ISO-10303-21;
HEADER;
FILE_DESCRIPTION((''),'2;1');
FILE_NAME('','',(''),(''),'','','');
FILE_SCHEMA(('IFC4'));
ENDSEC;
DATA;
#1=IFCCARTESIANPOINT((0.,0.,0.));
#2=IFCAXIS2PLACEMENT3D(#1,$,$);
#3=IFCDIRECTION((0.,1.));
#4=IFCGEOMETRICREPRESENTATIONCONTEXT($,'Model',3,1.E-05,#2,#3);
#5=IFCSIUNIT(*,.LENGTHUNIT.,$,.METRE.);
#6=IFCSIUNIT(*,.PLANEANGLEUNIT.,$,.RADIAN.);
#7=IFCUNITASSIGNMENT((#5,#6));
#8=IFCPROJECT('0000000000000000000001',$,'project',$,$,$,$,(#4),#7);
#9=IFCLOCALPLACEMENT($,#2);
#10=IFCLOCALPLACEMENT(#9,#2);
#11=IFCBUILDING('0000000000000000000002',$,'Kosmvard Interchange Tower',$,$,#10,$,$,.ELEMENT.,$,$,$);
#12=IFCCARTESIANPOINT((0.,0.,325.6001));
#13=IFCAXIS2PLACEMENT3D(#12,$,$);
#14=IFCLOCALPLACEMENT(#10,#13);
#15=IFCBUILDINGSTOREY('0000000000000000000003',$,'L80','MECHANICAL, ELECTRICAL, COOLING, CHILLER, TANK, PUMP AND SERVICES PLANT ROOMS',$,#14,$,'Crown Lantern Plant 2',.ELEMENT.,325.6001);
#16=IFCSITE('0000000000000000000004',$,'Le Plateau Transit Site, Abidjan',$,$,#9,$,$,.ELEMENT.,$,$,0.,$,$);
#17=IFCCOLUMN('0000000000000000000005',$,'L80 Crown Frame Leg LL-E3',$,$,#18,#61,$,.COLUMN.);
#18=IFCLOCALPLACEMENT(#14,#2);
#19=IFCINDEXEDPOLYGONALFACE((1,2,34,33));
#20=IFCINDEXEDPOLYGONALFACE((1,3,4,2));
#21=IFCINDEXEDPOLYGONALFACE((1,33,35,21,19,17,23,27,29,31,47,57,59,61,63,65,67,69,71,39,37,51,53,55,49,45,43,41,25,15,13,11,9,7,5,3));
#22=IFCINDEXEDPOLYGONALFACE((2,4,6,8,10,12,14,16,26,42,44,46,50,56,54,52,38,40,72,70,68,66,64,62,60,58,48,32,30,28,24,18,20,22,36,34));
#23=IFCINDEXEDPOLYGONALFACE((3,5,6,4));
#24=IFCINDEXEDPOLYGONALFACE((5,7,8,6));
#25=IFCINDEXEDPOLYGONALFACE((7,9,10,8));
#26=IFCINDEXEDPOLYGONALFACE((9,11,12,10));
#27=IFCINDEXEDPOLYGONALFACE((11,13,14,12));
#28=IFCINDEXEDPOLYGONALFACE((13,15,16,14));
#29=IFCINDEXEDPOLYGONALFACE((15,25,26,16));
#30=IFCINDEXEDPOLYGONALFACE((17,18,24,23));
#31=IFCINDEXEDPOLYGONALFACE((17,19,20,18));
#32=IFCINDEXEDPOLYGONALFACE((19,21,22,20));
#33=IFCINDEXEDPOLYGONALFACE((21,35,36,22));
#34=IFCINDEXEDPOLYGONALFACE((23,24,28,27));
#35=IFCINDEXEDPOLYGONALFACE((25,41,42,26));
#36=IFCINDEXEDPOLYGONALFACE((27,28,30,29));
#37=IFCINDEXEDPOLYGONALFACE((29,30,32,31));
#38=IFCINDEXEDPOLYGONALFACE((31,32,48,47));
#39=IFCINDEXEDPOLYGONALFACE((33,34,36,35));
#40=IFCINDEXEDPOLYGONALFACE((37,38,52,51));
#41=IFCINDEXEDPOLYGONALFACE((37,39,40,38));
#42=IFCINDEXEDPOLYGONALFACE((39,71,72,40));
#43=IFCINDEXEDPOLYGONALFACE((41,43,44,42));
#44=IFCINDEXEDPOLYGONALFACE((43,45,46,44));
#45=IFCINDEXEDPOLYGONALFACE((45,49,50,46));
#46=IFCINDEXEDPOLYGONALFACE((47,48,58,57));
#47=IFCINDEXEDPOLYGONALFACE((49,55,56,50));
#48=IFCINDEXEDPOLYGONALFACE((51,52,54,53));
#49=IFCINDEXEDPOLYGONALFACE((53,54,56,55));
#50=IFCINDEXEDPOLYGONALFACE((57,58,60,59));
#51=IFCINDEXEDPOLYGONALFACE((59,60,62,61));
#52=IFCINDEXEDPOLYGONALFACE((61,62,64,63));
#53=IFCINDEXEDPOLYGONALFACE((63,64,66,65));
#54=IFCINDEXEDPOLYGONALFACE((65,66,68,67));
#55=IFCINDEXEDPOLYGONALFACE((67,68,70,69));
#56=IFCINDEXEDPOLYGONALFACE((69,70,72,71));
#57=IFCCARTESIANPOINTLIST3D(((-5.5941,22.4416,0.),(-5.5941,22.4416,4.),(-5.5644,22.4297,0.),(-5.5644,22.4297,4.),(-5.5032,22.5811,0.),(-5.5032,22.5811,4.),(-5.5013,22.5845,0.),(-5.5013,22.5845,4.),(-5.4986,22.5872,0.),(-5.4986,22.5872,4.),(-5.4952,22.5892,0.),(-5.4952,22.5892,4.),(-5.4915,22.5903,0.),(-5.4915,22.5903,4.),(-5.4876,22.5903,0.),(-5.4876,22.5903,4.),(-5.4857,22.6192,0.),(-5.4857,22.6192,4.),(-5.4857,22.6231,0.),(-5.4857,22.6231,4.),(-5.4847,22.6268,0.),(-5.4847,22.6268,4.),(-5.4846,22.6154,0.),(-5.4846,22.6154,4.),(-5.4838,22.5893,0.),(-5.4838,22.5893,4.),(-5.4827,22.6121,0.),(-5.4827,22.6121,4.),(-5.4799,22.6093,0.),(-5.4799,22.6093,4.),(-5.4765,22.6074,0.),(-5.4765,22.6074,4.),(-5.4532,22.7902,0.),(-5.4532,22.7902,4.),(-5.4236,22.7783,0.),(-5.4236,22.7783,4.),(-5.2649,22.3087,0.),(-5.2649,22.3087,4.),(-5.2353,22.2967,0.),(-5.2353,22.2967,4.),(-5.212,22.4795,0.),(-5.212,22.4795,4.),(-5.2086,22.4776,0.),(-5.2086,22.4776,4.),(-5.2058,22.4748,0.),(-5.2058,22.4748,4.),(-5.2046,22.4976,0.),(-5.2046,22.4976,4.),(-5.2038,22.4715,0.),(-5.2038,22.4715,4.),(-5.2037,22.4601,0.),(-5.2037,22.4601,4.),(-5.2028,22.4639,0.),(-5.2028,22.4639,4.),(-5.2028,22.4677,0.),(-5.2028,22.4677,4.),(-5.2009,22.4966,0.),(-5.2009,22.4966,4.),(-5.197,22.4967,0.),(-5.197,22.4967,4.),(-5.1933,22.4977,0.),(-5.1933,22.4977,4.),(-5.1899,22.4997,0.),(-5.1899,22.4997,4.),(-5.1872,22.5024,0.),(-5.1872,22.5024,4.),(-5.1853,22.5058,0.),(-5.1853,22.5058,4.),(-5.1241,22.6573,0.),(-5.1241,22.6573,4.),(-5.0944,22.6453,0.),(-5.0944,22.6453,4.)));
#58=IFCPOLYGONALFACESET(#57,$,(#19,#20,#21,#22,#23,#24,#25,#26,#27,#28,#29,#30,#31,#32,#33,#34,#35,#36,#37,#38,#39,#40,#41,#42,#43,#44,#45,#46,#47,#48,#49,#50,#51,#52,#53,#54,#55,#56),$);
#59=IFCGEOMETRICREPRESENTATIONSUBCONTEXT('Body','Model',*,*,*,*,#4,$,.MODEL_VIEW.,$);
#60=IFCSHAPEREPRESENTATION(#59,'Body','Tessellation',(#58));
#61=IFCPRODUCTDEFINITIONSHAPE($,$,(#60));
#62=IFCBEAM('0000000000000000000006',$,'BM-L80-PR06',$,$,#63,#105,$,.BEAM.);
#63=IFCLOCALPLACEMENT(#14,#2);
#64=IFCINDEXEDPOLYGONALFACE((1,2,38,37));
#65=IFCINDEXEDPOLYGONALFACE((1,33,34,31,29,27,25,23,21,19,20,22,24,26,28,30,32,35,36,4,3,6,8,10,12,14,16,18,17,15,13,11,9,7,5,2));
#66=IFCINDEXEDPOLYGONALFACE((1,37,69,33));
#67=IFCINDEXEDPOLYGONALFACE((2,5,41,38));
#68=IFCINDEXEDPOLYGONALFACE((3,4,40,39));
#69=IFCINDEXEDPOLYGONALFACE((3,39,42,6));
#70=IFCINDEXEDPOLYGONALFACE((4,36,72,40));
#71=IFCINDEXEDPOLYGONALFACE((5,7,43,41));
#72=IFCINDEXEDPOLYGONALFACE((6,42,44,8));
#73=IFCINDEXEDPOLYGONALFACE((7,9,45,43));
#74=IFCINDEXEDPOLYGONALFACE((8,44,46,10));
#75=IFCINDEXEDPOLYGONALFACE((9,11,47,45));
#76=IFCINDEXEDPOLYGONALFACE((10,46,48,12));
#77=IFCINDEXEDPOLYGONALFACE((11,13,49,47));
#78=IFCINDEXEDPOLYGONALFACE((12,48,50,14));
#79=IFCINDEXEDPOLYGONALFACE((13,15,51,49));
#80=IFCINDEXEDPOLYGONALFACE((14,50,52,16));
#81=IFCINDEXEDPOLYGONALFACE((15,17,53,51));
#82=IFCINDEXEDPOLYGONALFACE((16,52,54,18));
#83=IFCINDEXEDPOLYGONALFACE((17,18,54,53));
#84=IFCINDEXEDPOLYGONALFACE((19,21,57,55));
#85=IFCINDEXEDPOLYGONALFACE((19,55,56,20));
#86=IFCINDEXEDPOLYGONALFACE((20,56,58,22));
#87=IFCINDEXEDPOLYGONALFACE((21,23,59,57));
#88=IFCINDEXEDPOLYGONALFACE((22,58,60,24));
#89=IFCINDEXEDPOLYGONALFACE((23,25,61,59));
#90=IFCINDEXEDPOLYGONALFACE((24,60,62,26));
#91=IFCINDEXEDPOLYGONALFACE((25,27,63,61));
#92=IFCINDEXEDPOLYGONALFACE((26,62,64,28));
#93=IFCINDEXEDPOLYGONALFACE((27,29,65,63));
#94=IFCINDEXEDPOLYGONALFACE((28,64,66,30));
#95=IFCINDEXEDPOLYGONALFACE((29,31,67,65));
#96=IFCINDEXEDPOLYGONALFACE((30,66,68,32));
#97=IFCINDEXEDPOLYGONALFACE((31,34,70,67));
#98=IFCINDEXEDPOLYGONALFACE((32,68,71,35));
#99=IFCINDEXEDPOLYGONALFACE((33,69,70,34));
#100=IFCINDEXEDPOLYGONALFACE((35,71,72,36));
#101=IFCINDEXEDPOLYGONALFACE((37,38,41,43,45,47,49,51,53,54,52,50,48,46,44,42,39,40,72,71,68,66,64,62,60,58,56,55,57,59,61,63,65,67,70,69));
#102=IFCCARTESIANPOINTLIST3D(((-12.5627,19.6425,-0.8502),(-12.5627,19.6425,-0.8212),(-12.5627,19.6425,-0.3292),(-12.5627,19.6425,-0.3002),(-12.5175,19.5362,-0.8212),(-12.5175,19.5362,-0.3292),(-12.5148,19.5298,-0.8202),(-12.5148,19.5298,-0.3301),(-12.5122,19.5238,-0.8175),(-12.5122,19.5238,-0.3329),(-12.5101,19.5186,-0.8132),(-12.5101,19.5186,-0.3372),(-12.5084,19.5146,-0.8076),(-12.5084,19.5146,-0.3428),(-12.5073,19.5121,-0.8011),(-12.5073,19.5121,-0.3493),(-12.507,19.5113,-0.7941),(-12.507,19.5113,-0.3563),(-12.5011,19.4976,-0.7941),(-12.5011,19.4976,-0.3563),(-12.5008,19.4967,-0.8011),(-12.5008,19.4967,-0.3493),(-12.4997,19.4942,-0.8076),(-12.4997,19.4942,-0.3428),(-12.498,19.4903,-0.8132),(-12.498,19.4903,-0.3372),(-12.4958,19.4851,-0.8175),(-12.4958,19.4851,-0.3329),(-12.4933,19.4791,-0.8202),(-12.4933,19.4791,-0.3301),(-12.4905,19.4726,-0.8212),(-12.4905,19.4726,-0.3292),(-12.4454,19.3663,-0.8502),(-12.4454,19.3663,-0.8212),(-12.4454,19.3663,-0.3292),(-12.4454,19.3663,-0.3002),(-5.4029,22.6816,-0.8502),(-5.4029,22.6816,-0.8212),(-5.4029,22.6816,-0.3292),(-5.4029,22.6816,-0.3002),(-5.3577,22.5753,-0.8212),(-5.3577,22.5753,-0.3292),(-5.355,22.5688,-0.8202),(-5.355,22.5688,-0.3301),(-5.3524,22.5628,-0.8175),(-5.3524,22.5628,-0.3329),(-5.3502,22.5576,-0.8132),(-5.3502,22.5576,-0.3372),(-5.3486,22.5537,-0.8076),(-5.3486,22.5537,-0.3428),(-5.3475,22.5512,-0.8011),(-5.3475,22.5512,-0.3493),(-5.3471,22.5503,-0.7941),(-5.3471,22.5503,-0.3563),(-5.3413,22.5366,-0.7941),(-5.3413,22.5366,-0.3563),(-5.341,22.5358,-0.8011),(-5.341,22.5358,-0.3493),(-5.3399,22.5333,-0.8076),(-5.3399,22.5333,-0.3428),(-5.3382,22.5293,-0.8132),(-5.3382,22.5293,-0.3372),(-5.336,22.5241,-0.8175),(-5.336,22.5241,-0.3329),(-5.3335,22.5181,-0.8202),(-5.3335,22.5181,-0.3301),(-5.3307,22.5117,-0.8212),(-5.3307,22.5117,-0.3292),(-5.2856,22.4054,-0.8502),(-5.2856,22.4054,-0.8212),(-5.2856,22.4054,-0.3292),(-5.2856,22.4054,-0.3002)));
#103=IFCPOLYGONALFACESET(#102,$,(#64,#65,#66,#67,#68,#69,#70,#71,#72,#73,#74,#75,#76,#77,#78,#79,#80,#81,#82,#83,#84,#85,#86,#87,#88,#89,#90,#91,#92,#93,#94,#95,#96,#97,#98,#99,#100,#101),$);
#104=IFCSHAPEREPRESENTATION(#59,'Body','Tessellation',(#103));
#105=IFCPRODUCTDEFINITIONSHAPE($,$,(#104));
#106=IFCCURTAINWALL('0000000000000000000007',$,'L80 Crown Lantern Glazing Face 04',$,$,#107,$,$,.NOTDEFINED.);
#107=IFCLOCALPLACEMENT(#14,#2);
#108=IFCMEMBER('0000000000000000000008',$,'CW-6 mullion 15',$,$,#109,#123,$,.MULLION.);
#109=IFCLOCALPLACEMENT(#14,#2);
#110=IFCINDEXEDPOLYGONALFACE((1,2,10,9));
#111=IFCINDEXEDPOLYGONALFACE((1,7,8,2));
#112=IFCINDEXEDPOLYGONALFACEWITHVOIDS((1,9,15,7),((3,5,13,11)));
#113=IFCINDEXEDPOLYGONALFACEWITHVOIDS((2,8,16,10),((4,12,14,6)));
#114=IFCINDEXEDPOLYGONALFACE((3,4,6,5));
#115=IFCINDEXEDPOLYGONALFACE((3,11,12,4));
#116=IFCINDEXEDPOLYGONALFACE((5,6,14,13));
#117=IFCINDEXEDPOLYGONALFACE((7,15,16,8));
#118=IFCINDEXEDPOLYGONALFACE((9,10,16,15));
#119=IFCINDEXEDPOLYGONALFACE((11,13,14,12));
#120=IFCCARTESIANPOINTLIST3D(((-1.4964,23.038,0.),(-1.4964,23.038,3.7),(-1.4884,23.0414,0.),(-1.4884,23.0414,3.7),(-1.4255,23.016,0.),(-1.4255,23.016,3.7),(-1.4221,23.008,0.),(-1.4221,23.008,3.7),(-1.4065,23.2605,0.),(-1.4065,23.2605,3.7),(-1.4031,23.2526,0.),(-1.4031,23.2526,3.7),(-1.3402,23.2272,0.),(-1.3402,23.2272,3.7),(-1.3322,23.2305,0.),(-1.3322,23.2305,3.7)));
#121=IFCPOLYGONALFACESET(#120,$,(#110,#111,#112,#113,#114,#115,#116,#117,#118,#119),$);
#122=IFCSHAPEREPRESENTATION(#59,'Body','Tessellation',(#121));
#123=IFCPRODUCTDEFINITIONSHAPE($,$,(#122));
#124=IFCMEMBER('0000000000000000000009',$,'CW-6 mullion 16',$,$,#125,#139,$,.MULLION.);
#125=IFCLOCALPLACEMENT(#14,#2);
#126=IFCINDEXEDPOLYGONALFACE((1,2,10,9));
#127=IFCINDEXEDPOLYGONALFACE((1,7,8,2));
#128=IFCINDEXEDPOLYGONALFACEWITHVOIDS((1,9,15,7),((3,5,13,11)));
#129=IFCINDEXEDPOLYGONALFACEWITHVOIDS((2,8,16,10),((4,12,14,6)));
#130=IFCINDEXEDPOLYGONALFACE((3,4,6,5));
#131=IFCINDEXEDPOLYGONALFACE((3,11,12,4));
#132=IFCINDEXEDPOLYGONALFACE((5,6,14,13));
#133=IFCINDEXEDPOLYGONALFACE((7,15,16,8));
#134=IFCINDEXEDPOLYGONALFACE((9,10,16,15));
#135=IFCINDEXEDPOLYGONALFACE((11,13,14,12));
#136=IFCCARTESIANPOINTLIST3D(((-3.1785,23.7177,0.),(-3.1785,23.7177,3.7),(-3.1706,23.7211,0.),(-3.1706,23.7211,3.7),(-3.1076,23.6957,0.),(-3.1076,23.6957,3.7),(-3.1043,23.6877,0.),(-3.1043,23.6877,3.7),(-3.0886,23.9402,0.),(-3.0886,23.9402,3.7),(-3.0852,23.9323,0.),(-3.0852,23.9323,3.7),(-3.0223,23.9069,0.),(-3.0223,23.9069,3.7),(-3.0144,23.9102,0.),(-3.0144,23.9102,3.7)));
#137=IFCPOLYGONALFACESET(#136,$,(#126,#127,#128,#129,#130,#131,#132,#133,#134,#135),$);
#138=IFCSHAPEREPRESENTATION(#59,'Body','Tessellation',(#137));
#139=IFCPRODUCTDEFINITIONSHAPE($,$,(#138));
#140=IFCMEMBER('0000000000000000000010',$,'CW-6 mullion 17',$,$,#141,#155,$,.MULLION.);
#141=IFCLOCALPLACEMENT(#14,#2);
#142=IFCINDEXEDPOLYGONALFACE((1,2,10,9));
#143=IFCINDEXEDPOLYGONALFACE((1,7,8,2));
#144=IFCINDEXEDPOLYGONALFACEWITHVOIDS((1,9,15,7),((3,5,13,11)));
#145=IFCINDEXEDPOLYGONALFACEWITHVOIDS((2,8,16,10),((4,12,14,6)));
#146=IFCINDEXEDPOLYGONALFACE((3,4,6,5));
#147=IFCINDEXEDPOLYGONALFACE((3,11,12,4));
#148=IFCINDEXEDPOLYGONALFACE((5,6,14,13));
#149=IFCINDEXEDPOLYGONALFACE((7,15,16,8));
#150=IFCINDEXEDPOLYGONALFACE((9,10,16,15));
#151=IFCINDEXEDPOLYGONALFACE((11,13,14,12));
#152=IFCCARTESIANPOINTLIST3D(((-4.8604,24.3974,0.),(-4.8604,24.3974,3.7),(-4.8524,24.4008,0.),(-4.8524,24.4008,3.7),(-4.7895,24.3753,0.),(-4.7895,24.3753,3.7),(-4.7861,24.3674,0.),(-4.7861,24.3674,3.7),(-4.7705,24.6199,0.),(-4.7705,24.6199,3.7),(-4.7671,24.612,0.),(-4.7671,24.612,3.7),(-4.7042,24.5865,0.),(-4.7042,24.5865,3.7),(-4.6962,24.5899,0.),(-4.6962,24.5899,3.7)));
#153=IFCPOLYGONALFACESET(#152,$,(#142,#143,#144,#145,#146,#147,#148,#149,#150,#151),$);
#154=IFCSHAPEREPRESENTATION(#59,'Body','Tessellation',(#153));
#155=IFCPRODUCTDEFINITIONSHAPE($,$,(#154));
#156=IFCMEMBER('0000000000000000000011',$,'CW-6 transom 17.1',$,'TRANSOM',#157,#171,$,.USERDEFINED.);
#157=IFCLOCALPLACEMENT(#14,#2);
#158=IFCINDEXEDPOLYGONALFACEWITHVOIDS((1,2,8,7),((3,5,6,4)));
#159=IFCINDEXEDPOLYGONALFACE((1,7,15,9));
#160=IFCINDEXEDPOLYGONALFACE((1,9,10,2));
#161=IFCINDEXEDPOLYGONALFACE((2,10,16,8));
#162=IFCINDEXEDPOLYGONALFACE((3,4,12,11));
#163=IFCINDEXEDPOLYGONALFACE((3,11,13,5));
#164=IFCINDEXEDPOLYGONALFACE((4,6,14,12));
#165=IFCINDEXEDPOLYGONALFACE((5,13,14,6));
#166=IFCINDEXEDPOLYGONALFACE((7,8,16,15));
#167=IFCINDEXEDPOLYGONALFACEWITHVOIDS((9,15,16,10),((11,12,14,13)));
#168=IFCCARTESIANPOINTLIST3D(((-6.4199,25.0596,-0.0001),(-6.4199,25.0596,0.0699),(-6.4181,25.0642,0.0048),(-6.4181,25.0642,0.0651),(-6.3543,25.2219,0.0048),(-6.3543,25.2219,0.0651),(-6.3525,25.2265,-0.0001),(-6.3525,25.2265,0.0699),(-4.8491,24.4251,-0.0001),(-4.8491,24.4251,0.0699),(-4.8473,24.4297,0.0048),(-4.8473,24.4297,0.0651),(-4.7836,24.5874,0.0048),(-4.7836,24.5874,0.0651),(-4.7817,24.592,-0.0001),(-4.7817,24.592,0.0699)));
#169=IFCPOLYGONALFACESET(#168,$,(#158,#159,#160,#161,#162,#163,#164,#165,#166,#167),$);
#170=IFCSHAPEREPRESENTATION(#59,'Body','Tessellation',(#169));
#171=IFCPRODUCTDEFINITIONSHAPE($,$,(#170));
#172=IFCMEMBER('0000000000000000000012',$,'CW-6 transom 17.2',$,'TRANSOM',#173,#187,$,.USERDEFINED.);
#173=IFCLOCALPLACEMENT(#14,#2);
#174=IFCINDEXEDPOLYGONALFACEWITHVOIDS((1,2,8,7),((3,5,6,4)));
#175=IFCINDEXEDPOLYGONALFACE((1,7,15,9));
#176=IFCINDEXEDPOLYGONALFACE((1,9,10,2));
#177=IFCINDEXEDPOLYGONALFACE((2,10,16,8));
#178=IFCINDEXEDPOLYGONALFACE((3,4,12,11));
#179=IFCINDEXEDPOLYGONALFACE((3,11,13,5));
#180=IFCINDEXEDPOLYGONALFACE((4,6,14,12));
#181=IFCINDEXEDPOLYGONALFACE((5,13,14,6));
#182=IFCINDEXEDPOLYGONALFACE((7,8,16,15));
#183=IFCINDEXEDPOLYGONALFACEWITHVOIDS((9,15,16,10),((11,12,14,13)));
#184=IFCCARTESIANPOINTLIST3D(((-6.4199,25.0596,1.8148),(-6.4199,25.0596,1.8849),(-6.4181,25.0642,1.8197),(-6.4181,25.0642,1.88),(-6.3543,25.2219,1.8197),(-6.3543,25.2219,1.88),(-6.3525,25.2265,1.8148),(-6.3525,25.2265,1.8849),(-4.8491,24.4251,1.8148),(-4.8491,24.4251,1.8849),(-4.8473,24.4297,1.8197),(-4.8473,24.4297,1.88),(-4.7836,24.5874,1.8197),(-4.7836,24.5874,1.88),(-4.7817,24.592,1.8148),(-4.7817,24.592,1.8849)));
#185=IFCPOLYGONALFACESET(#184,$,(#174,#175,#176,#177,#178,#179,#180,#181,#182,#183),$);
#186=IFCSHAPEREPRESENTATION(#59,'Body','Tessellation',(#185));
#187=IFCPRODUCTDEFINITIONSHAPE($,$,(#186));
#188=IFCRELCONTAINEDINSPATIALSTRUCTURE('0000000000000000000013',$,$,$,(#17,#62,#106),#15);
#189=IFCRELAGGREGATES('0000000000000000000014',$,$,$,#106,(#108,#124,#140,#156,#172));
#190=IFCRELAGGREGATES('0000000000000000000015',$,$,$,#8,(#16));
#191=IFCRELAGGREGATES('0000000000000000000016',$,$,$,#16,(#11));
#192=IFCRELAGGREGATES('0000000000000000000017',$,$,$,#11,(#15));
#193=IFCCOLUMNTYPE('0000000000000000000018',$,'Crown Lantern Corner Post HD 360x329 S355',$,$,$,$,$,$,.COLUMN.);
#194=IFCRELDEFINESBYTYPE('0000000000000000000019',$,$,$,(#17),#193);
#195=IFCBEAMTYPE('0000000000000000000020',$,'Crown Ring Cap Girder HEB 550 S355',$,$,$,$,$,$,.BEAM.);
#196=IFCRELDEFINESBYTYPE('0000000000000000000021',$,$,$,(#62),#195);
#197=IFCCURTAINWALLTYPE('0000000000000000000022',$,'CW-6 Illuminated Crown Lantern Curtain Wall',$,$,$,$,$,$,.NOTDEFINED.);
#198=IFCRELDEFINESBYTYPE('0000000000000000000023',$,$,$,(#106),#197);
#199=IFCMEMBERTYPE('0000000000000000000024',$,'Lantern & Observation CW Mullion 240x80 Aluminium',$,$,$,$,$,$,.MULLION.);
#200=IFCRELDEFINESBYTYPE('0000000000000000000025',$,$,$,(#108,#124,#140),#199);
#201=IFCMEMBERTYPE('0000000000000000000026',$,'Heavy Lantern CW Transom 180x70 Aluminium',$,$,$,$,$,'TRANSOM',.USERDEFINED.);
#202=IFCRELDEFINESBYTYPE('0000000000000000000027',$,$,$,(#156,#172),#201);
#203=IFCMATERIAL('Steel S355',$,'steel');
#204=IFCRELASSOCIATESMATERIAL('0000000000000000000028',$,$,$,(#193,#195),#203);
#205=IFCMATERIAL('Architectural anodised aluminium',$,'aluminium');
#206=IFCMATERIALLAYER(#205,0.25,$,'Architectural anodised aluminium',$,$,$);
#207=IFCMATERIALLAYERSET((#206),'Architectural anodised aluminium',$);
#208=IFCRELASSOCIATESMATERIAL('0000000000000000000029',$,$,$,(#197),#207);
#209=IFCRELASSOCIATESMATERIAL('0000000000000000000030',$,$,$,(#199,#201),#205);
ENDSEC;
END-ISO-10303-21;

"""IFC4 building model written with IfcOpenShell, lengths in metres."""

from ifc_helpers import new_model, si_unit, direction, frame, origin, origin_2d, place, context, subcontext, project, spatial, hollow_rectangle, i_section, extrude, source, transform, mapped, material, layer, layer_set, material_profile, profile_set, type_object, element, aggregate, save


model = new_model("IFC4")

# Units and contexts
model_context = context("Model", 3, precision=1e-05, world=origin(), true_north=direction((0.0, 1.0)))
body_context = subcontext(model_context, "Body", "Model", "MODEL_VIEW")
ifc_project = project(units=[si_unit("LENGTHUNIT", "METRE"), si_unit("PLANEANGLEUNIT", "RADIAN")], contexts=[model_context])

# Site, building, storey
site_placement = place(None, origin())
site = spatial("IfcSite", under=ifc_project, at=site_placement, Name="Le Plateau Transit Site, Abidjan", CompositionType="ELEMENT", RefElevation=0.0)
building_placement = place(site_placement, origin())
building = spatial("IfcBuilding", under=site, at=building_placement, Name="Kosmvard Interchange Tower", CompositionType="ELEMENT")
storey_placement = place(building_placement, frame((0.0, 0.0, 325.6001)))
storey = spatial("IfcBuildingStorey", under=building, at=storey_placement, Name="L80", Description="MECHANICAL, ELECTRICAL, COOLING, CHILLER, TANK, PUMP AND SERVICES PLANT ROOMS", LongName="Crown Lantern Plant 2", CompositionType="ELEMENT", Elevation=325.6001)

# Column
ifc_material_1 = material(Name="Steel S355", Category="steel")
ifc_material_profile_1 = material_profile(ifc_material_1, i_section(OverallWidth=0.376, OverallDepth=0.387, WebThickness=0.0195, FlangeThickness=0.032, FilletRadius=0.0149, at=origin_2d()), Name="HD 360x329")
ifc_profile_set_1 = profile_set([ifc_material_profile_1], Name="Steel S355")
column_type = type_object("IfcColumnType", Name="Crown Lantern Corner Post HD 360x329 S355", PredefinedType="COLUMN", material=ifc_profile_set_1)
shared_shape_1 = source(origin(), body_context, "Body", "SweptSolid", [
    extrude(i_section(OverallWidth=0.376, OverallDepth=0.387, WebThickness=0.0195, FlangeThickness=0.032, FilletRadius=0.0149, at=origin_2d()), origin(), (0.0, 0.0, 1.0), 4.0),
])
column_placement = place(storey_placement, frame((-5.3442, 22.5435, 0.0), z_axis=(0.0, 0.0, 1.0), x_axis=(0.374607, 0.927184, 0.0)))
element("IfcColumn", 1, at=column_placement, inside=storey, type_object=column_type, Name="L80 Crown Frame Leg LL-E3", PredefinedType="COLUMN", context=body_context, shape_type="MappedRepresentation", body=[
    mapped(shared_shape_1, transform((0.0, 0.0, 0.0), scale=1.0)),
])

# Beam
ifc_material_profile_2 = material_profile(ifc_material_1, i_section(OverallWidth=0.3, OverallDepth=0.55, WebThickness=0.0149, FlangeThickness=0.0291, FilletRadius=0.0271, at=origin_2d()), Name="HEB 550")
ifc_profile_set_2 = profile_set([ifc_material_profile_2], Name="Steel S355")
beam_type = type_object("IfcBeamType", Name="Crown Ring Cap Girder HEB 550 S355", PredefinedType="BEAM", material=ifc_profile_set_2)
shared_shape_2 = source(origin(), body_context, "Body", "SweptSolid", [
    extrude(i_section(OverallWidth=0.3, OverallDepth=0.55, WebThickness=0.0149, FlangeThickness=0.0291, FilletRadius=0.0271, at=origin_2d()), origin(), (0.0, 0.0, 1.0), 7.7781),
])
beam_placement = place(storey_placement, frame((-5.3442, 22.5435, -0.5752), z_axis=(-0.920511, -0.390716, 0.0), x_axis=(0.390716, -0.920511, 0.0)))
element("IfcBeam", 2, at=beam_placement, inside=storey, type_object=beam_type, Name="BM-L80-PR06", PredefinedType="BEAM", context=body_context, shape_type="MappedRepresentation", body=[
    mapped(shared_shape_2, transform((0.0, 0.0, 0.0), scale=1.0)),
])

# Curtain wall, members
ifc_material_2 = material(Name="Architectural anodised aluminium", Category="aluminium")
ifc_layer_1 = layer(ifc_material_2, 0.25, Name="Architectural anodised aluminium")
ifc_layer_set_1 = layer_set([ifc_layer_1], Name="Architectural anodised aluminium")
curtain_wall_type = type_object("IfcCurtainWallType", Name="CW-6 Illuminated Crown Lantern Curtain Wall", PredefinedType="NOTDEFINED", material=ifc_layer_set_1)
curtain_wall_placement = place(storey_placement, origin())
curtain_wall = element("IfcCurtainWall", 3, at=curtain_wall_placement, inside=storey, type_object=curtain_wall_type, Name="L80 Crown Lantern Glazing Face 04", PredefinedType="NOTDEFINED")
ifc_material_profile_3 = material_profile(ifc_material_2, hollow_rectangle(XDim=0.24, YDim=0.0801, WallThickness=0.0061, at=origin_2d()), Name="CWM 240x80x6")
ifc_profile_set_3 = profile_set([ifc_material_profile_3], Name="Architectural anodised aluminium")
member_type_1 = type_object("IfcMemberType", Name="Lantern & Observation CW Mullion 240x80 Aluminium", PredefinedType="MULLION", material=ifc_profile_set_3)
shared_shape_3 = source(origin(), body_context, "Body", "SweptSolid", [
    extrude(hollow_rectangle(XDim=0.24, YDim=0.0801, WallThickness=0.0061, at=origin_2d()), origin(), (0.0, 0.0, 1.0), 3.7),
])
member_1_placement = place(storey_placement, frame((-1.4143, 23.1343, 0.0), z_axis=(0.0, 0.0, 1.0), x_axis=(-0.374607, -0.927184, 0.0)))
member_1 = element("IfcMember", 4, at=member_1_placement, type_object=member_type_1, Name="CW-6 mullion 15", PredefinedType="MULLION", context=body_context, shape_type="MappedRepresentation", body=[
    mapped(shared_shape_3, transform((0.0, 0.0, 0.0), scale=1.0)),
])
member_2_placement = place(storey_placement, frame((-3.0964, 23.814, 0.0), z_axis=(0.0, 0.0, 1.0), x_axis=(-0.374607, -0.927184, 0.0)))
member_2 = element("IfcMember", 5, at=member_2_placement, type_object=member_type_1, Name="CW-6 mullion 16", PredefinedType="MULLION", context=body_context, shape_type="MappedRepresentation", body=[
    mapped(shared_shape_3, transform((0.0, 0.0, 0.0), scale=1.0)),
])
member_3_placement = place(storey_placement, frame((-4.7783, 24.4937, 0.0), z_axis=(0.0, 0.0, 1.0), x_axis=(-0.374607, -0.927184, 0.0)))
member_3 = element("IfcMember", 6, at=member_3_placement, type_object=member_type_1, Name="CW-6 mullion 17", PredefinedType="MULLION", context=body_context, shape_type="MappedRepresentation", body=[
    mapped(shared_shape_3, transform((0.0, 0.0, 0.0), scale=1.0)),
])
ifc_material_profile_4 = material_profile(ifc_material_2, hollow_rectangle(XDim=0.1799, YDim=0.0701, WallThickness=0.0049, at=origin_2d()), Name="CWT 180x70x5")
ifc_profile_set_4 = profile_set([ifc_material_profile_4], Name="Architectural anodised aluminium")
member_type_2 = type_object("IfcMemberType", Name="Heavy Lantern CW Transom 180x70 Aluminium", ElementType="TRANSOM", PredefinedType="USERDEFINED", material=ifc_profile_set_4)
shared_shape_4 = source(origin(), body_context, "Body", "SweptSolid", [
    extrude(hollow_rectangle(XDim=0.1799, YDim=0.0701, WallThickness=0.0049, at=origin_2d()), origin(), (0.0, 0.0, 1.0), 1.6941),
])
member_4_placement = place(storey_placement, frame((-4.8154, 24.5085, 0.0349), z_axis=(-0.927209, 0.374544, 0.0), x_axis=(-0.374544, -0.927209, 0.0)))
member_4 = element("IfcMember", 7, at=member_4_placement, type_object=member_type_2, Name="CW-6 transom 17.1", ObjectType="TRANSOM", PredefinedType="USERDEFINED", context=body_context, shape_type="MappedRepresentation", body=[
    mapped(shared_shape_4, transform((0.0, 0.0, 0.0), scale=1.0)),
])
member_5_placement = place(storey_placement, frame((-4.8154, 24.5085, 1.8499), z_axis=(-0.927209, 0.374544, 0.0), x_axis=(-0.374544, -0.927209, 0.0)))
member_5 = element("IfcMember", 8, at=member_5_placement, type_object=member_type_2, Name="CW-6 transom 17.2", ObjectType="TRANSOM", PredefinedType="USERDEFINED", context=body_context, shape_type="MappedRepresentation", body=[
    mapped(shared_shape_4, transform((0.0, 0.0, 0.0), scale=1.0)),
])

aggregate(curtain_wall, [member_1, member_2, member_3, member_4, member_5])

save(model, "model.ifc")
